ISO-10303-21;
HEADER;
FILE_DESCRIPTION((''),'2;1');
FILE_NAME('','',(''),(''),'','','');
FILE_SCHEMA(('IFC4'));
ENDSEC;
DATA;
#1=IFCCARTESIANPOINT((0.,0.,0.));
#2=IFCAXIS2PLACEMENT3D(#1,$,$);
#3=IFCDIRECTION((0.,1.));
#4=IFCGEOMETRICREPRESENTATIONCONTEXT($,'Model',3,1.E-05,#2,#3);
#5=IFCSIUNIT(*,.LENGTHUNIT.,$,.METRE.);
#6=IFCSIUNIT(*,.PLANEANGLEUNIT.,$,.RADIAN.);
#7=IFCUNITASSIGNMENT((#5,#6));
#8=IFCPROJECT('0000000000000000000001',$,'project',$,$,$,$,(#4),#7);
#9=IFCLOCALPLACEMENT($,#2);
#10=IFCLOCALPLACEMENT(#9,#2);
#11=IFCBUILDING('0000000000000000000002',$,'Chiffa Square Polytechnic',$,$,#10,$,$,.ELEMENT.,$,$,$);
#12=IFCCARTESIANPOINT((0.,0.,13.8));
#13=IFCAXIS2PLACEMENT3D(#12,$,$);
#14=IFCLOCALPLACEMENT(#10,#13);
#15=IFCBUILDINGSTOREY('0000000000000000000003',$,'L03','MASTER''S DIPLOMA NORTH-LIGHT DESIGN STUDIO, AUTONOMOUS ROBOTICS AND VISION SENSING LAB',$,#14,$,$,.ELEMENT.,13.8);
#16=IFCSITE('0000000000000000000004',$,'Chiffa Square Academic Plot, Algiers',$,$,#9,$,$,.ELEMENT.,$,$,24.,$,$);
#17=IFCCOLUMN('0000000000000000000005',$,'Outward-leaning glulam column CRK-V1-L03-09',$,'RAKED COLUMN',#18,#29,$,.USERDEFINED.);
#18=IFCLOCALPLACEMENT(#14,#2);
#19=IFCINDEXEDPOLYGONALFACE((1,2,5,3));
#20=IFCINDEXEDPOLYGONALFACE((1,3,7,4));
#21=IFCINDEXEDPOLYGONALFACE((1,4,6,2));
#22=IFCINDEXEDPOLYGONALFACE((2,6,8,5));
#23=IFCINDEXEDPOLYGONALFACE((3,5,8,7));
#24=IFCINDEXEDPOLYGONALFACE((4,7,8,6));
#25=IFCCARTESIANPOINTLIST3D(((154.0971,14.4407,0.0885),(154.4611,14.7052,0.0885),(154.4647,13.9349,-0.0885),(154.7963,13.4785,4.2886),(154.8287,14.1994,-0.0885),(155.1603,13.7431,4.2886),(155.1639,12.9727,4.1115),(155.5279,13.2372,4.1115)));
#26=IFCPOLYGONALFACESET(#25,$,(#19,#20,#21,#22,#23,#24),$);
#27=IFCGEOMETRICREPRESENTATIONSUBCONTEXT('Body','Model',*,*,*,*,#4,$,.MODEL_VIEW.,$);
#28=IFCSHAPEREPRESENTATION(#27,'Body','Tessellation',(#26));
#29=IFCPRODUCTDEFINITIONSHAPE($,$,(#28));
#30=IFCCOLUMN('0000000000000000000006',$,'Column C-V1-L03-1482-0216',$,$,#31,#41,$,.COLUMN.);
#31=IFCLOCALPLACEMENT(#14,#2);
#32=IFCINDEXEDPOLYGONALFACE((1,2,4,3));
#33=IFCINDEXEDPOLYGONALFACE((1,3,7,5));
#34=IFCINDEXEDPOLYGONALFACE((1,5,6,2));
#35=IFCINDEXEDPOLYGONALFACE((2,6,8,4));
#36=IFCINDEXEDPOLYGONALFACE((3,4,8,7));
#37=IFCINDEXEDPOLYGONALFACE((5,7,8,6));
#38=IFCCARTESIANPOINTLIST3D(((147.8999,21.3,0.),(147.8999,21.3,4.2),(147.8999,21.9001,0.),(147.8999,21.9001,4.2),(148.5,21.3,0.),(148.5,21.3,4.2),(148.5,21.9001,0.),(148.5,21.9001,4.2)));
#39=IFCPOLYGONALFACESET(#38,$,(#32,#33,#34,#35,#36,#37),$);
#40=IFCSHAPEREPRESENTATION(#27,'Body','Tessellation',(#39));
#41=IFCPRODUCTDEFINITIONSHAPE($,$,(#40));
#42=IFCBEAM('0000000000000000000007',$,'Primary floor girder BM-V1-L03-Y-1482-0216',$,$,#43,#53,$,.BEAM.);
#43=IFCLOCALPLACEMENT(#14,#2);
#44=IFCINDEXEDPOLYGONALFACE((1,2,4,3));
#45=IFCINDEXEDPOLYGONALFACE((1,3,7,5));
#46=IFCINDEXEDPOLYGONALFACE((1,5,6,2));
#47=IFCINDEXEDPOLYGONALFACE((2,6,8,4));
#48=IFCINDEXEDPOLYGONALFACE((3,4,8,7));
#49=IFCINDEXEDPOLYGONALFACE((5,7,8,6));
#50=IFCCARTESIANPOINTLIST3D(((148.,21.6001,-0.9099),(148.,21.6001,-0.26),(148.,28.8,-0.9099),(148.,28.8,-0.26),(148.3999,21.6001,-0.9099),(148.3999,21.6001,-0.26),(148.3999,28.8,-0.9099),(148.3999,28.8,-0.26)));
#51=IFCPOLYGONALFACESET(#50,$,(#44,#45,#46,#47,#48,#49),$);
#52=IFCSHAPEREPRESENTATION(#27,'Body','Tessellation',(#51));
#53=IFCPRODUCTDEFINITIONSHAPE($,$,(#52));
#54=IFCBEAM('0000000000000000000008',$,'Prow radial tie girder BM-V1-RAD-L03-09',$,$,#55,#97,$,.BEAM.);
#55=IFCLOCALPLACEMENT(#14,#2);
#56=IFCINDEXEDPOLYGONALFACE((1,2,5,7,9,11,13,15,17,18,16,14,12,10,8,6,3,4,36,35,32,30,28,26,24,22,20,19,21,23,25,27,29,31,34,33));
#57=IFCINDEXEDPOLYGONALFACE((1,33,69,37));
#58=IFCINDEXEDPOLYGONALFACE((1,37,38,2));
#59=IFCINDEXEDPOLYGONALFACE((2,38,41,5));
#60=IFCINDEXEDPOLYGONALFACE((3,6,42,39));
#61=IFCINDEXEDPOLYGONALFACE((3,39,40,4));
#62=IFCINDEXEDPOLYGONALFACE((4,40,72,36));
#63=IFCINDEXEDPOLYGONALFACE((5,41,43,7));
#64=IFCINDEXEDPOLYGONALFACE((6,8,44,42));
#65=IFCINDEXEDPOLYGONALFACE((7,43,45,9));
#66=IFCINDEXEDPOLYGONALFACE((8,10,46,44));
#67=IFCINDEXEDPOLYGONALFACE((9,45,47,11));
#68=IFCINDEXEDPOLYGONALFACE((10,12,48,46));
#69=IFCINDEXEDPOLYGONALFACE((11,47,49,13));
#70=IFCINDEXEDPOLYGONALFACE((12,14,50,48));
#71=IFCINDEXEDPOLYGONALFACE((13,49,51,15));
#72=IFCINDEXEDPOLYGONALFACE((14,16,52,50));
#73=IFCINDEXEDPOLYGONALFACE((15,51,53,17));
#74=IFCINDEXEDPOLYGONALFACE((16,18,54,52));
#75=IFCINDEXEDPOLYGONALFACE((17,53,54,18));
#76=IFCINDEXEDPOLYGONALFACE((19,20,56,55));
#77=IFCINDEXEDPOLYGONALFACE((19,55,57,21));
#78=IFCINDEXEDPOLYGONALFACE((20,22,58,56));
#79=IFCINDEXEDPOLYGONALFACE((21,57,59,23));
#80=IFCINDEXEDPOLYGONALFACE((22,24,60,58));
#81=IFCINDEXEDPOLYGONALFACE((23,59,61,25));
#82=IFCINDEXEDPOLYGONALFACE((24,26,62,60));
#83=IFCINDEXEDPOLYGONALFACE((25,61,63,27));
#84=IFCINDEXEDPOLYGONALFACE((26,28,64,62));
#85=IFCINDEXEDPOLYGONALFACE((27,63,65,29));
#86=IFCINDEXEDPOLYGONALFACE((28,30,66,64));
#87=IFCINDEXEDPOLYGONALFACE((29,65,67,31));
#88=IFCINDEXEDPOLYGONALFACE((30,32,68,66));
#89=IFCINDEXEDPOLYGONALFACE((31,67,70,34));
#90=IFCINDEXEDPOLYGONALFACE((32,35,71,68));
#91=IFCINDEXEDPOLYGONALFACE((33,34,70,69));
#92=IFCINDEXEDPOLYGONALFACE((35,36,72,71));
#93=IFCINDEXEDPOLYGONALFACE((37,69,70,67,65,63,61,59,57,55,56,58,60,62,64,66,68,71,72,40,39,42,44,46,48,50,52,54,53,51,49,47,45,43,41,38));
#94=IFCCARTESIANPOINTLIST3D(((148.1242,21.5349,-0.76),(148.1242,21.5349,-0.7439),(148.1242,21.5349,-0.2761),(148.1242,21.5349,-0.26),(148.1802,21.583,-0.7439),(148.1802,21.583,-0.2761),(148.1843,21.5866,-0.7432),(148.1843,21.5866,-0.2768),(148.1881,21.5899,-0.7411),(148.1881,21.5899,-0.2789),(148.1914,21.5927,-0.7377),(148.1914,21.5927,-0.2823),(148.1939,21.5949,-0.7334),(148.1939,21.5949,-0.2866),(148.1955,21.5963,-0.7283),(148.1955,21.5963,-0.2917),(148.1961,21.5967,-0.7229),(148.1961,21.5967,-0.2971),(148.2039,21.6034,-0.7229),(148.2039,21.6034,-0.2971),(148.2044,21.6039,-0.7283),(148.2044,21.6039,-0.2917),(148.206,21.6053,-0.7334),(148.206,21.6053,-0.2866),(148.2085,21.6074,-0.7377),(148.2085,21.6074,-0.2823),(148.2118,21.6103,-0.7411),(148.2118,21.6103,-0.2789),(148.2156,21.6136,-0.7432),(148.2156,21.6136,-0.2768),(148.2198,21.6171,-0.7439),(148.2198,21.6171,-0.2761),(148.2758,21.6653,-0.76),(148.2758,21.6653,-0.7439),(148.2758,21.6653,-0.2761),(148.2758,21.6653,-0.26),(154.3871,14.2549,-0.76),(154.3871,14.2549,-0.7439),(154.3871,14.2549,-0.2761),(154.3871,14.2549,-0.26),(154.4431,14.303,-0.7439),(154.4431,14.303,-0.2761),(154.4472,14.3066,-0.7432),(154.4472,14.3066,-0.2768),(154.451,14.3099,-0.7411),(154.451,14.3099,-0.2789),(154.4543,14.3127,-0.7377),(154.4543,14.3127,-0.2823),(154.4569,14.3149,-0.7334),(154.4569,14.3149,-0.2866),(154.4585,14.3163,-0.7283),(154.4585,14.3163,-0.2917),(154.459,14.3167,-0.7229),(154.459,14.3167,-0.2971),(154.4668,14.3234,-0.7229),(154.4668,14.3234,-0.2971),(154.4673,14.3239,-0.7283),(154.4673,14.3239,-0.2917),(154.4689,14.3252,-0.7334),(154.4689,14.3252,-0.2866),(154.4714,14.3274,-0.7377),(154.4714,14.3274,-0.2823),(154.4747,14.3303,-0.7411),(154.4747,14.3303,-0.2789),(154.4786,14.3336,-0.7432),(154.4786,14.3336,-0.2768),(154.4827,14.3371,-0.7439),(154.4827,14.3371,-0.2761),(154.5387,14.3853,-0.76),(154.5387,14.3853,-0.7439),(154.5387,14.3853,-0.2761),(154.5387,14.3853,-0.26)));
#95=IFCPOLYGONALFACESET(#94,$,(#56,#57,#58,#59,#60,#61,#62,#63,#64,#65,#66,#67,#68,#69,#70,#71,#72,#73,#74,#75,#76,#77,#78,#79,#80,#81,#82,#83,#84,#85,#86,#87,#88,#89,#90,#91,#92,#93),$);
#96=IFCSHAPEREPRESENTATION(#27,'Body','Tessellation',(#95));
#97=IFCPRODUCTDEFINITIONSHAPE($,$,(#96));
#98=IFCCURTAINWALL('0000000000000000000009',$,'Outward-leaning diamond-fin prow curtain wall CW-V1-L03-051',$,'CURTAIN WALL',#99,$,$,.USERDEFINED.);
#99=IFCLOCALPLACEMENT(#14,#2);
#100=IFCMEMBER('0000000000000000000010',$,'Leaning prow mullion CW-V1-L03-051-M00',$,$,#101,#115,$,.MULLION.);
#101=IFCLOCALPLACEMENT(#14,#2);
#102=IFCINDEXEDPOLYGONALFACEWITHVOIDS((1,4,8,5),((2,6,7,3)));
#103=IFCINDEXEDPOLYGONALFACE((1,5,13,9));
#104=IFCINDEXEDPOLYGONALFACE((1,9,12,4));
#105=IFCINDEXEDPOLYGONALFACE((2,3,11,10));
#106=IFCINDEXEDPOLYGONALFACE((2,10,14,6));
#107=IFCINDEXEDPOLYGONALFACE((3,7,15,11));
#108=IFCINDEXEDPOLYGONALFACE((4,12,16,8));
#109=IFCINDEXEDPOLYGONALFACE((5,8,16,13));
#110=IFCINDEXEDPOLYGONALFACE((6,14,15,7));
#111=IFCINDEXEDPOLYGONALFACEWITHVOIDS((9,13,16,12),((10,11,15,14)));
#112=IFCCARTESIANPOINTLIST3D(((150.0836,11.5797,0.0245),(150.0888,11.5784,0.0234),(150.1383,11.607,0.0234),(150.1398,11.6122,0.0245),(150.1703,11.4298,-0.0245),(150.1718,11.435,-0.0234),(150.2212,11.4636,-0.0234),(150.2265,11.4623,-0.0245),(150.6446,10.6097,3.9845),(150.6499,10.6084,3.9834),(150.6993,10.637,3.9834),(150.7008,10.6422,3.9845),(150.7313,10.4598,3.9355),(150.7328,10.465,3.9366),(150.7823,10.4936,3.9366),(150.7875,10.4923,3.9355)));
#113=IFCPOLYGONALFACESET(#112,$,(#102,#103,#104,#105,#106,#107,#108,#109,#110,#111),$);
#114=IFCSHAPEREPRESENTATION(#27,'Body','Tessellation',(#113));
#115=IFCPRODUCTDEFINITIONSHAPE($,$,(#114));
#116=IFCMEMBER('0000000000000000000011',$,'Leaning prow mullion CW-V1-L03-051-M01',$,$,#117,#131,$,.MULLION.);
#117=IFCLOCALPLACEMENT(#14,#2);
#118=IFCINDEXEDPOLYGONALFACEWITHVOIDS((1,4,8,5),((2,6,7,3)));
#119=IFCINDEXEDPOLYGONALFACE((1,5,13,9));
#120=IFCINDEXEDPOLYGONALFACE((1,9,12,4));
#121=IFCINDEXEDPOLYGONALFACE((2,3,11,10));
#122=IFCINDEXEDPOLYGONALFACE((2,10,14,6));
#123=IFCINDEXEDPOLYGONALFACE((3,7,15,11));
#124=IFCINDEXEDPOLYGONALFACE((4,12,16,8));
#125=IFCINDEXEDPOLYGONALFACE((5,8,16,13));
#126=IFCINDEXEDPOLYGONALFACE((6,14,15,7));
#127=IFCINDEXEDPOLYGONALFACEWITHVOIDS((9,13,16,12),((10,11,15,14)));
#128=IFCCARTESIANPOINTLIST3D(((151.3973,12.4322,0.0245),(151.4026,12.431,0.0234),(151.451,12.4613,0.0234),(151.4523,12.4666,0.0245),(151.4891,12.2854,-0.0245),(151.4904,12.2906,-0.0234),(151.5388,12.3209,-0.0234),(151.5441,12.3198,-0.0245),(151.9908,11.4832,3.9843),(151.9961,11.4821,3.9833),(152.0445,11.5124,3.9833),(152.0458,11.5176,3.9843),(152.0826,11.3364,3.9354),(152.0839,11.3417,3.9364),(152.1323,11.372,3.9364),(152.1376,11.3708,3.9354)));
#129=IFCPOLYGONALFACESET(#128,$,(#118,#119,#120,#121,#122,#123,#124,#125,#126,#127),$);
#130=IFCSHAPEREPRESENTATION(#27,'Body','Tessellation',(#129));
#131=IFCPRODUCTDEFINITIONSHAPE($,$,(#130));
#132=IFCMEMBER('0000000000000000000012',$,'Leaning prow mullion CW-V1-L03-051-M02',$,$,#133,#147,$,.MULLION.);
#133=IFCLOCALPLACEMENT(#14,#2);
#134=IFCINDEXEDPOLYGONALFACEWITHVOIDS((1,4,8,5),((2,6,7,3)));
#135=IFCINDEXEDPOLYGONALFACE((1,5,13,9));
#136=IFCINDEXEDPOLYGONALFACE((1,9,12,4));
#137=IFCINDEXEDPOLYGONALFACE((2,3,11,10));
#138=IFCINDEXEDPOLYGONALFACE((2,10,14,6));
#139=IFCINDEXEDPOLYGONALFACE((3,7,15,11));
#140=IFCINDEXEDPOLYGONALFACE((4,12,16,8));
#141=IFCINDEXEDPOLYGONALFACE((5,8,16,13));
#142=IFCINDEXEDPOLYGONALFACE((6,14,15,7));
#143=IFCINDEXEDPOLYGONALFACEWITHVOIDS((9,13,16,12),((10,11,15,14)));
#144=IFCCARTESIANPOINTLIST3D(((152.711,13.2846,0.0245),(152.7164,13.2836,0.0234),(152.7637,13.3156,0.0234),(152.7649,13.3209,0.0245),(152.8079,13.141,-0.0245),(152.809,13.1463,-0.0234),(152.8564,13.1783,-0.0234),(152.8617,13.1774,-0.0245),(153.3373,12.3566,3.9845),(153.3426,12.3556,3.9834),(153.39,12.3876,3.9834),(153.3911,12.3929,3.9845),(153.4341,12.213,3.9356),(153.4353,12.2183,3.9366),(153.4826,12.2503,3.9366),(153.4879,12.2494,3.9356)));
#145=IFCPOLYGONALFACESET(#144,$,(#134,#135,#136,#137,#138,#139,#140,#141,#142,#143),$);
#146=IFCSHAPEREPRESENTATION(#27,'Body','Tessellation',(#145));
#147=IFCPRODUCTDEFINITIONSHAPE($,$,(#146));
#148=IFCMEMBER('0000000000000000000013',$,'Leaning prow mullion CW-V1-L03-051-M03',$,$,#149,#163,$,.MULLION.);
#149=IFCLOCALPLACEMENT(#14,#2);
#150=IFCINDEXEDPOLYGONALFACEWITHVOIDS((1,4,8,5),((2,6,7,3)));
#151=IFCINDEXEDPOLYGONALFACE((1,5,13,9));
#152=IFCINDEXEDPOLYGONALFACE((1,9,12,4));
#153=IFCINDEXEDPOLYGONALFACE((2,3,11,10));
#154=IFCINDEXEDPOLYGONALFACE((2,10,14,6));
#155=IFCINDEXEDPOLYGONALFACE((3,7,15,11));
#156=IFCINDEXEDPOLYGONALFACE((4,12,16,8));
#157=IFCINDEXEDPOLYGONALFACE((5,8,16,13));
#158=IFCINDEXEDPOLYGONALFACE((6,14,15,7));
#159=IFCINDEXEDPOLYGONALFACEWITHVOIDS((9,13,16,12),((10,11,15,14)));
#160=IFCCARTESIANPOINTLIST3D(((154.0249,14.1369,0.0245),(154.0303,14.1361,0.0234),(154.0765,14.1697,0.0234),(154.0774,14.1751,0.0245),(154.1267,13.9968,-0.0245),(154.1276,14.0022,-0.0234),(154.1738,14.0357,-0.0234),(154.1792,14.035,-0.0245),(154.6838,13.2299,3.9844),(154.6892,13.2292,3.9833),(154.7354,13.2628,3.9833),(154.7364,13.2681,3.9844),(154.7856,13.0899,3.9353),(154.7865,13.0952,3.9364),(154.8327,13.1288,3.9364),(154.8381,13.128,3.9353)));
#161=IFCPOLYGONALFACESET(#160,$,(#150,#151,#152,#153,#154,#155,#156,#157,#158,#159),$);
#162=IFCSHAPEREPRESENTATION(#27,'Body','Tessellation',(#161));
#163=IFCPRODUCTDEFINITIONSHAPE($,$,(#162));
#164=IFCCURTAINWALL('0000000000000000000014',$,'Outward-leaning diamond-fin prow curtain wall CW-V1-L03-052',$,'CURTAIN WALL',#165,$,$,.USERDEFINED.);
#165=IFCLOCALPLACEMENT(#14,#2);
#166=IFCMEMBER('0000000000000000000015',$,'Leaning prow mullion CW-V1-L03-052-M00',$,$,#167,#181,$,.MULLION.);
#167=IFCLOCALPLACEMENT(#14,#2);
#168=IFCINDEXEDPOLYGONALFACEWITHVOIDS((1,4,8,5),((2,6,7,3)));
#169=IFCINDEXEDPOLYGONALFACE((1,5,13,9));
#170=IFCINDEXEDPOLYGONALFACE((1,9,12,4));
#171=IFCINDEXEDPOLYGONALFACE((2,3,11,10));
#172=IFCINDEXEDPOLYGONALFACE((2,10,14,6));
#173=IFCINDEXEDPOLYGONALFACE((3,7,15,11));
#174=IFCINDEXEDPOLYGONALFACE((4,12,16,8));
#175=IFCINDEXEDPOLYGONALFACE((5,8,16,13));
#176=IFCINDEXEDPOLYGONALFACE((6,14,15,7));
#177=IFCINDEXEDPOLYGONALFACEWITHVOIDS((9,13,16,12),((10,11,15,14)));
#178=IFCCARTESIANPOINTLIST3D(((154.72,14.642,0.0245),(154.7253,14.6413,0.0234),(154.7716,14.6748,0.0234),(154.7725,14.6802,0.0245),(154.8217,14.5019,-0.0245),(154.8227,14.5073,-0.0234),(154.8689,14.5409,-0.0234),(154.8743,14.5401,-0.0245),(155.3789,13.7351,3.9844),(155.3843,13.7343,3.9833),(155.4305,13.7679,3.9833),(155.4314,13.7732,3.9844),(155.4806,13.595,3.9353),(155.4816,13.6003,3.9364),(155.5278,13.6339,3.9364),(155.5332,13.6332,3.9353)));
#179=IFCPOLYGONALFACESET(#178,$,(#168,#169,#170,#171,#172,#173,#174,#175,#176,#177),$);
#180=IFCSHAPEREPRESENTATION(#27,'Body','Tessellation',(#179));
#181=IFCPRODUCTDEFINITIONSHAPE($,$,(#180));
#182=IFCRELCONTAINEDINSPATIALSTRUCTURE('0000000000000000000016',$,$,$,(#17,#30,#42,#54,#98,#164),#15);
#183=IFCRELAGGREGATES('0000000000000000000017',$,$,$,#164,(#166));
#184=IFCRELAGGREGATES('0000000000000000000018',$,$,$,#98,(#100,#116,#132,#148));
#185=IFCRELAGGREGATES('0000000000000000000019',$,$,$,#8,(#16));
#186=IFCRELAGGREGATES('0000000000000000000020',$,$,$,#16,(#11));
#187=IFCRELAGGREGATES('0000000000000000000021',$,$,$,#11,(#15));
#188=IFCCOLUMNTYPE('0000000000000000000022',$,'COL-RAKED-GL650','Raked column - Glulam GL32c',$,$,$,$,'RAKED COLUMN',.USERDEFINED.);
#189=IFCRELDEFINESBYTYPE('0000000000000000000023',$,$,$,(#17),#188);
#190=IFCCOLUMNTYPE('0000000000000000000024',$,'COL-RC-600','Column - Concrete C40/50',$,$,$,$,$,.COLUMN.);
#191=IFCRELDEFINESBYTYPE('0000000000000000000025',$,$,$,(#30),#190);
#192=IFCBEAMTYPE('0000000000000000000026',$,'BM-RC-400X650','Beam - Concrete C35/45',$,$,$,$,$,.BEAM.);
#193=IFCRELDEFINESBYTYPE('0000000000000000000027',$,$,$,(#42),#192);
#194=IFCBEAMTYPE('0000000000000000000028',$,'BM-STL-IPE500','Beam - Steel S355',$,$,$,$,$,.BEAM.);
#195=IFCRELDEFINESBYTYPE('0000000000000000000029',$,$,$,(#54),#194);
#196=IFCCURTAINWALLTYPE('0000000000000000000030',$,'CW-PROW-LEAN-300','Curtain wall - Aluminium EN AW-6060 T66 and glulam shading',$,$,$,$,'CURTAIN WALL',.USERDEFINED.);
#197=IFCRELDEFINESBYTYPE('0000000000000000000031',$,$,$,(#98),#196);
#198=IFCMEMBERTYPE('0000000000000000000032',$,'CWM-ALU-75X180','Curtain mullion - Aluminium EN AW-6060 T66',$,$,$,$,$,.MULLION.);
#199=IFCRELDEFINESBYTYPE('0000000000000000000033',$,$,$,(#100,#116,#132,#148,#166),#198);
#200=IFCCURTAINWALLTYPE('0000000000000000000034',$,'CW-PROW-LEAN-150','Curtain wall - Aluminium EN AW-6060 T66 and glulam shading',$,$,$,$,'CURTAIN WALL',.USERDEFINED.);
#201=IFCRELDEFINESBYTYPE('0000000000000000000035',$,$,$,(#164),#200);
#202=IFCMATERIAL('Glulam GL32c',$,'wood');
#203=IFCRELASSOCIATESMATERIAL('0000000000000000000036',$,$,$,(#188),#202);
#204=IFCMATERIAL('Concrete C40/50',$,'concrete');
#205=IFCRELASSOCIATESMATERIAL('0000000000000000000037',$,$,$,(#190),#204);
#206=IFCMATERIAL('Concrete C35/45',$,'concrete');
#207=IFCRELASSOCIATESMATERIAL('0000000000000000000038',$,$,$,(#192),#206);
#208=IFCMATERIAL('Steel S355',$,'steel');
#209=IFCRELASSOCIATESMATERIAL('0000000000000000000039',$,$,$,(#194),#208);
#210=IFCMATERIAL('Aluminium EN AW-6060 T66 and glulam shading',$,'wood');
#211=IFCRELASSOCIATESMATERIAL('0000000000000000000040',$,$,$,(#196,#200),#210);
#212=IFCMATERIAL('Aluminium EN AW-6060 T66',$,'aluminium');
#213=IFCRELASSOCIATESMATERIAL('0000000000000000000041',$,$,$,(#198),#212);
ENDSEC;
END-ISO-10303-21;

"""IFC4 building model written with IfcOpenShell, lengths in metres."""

from ifc_helpers import new_model, si_unit, direction, frame, origin, origin_2d, place, context, subcontext, project, spatial, rectangle, hollow_rectangle, i_section, extrude, material, material_profile, profile_set, type_object, element, aggregate, save


model = new_model("IFC4")

# Units and contexts
model_context = context("Model", 3, precision=1e-05, world=origin(), true_north=direction((0.0, 1.0)))
body_context = subcontext(model_context, "Body", "Model", "MODEL_VIEW")
ifc_project = project(units=[si_unit("LENGTHUNIT", "METRE"), si_unit("PLANEANGLEUNIT", "RADIAN")], contexts=[model_context])

# Site, building, storey
site_placement = place(None, origin())
site = spatial("IfcSite", under=ifc_project, at=site_placement, Name="Chiffa Square Academic Plot, Algiers", CompositionType="ELEMENT", RefElevation=24.0)
building_placement = place(site_placement, origin())
building = spatial("IfcBuilding", under=site, at=building_placement, Name="Chiffa Square Polytechnic", CompositionType="ELEMENT")
storey_placement = place(building_placement, frame((0.0, 0.0, 13.8)))
storey = spatial("IfcBuildingStorey", under=building, at=storey_placement, Name="L03", Description="MASTER'S DIPLOMA NORTH-LIGHT DESIGN STUDIO, AUTONOMOUS ROBOTICS AND VISION SENSING LAB", CompositionType="ELEMENT", Elevation=13.8)

# Columns
ifc_material_1 = material(Name="Glulam GL32c", Category="wood")
ifc_material_profile_1 = material_profile(ifc_material_1, rectangle(XDim=0.45, YDim=0.6499, at=origin_2d()), Name="GL32c 450x650")
ifc_profile_set_1 = profile_set([ifc_material_profile_1], Name="Glulam GL32c")
column_type_1 = type_object("IfcColumnType", Name="COL-RAKED-GL650", Description="Raked column - Glulam GL32c", ElementType="RAKED COLUMN", PredefinedType="USERDEFINED", material=ifc_profile_set_1)
column_1_placement = place(storey_placement, frame((154.4629, 14.3201, 0.0), z_axis=(0.160183, -0.22042, 0.962162), x_axis=(0.808949, 0.587879, 0.0)))
element("IfcColumn", 1, at=column_1_placement, inside=storey, type_object=column_type_1, Name="Outward-leaning glulam column CRK-V1-L03-09", ObjectType="RAKED COLUMN", PredefinedType="USERDEFINED", context=body_context, shape_type="SweptSolid", body=[
    extrude(rectangle(XDim=0.45, YDim=0.6499, at=origin_2d()), origin(), (0.0, 0.0, 1.0), 4.3652),
])
ifc_material_2 = material(Name="Concrete C40/50", Category="concrete")
ifc_material_profile_2 = material_profile(ifc_material_2, rectangle(XDim=0.6001, YDim=0.6001, at=origin_2d()), Name="RC 600x600")
ifc_profile_set_2 = profile_set([ifc_material_profile_2], Name="Concrete C40/50")
column_type_2 = type_object("IfcColumnType", Name="COL-RC-600", Description="Column - Concrete C40/50", PredefinedType="COLUMN", material=ifc_profile_set_2)
column_2_placement = place(storey_placement, frame((148.2, 21.6001, 0.0), z_axis=(0.0, 0.0, 1.0), x_axis=(1.0, 0.0, 0.0)))
element("IfcColumn", 2, at=column_2_placement, inside=storey, type_object=column_type_2, Name="Column C-V1-L03-1482-0216", PredefinedType="COLUMN", context=body_context, shape_type="SweptSolid", body=[
    extrude(rectangle(XDim=0.6001, YDim=0.6001, at=origin_2d()), origin(), (0.0, 0.0, 1.0), 4.2),
])

# Beams
ifc_material_3 = material(Name="Concrete C35/45", Category="concrete")
ifc_material_profile_3 = material_profile(ifc_material_3, rectangle(XDim=0.3999, YDim=0.6499, at=origin_2d()), Name="RC 400x650")
ifc_profile_set_3 = profile_set([ifc_material_profile_3], Name="Concrete C35/45")
beam_type_1 = type_object("IfcBeamType", Name="BM-RC-400X650", Description="Beam - Concrete C35/45", PredefinedType="BEAM", material=ifc_profile_set_3)
beam_1_placement = place(storey_placement, frame((148.2, 21.6001, -0.585), z_axis=(0.0, 1.0, 0.0), x_axis=(-1.0, 0.0, 0.0)))
element("IfcBeam", 3, at=beam_1_placement, inside=storey, type_object=beam_type_1, Name="Primary floor girder BM-V1-L03-Y-1482-0216", PredefinedType="BEAM", context=body_context, shape_type="SweptSolid", body=[
    extrude(rectangle(XDim=0.3999, YDim=0.6499, at=origin_2d()), origin(), (0.0, 0.0, 1.0), 7.2),
])
ifc_material_4 = material(Name="Steel S355", Category="steel")
ifc_material_profile_4 = material_profile(ifc_material_4, i_section(OverallWidth=0.2, OverallDepth=0.5, WebThickness=0.0103, FlangeThickness=0.0161, FilletRadius=0.021, at=origin_2d()), Name="IPE 500")
ifc_profile_set_4 = profile_set([ifc_material_profile_4], Name="Steel S355")
beam_type_2 = type_object("IfcBeamType", Name="BM-STL-IPE500", Description="Beam - Steel S355", PredefinedType="BEAM", material=ifc_profile_set_4)
beam_2_placement = place(storey_placement, frame((154.4629, 14.3201, -0.51), z_axis=(-0.652166, 0.758076, 0.0), x_axis=(-0.758076, -0.652166, 0.0)))
element("IfcBeam", 4, at=beam_2_placement, inside=storey, type_object=beam_type_2, Name="Prow radial tie girder BM-V1-RAD-L03-09", PredefinedType="BEAM", context=body_context, shape_type="SweptSolid", body=[
    extrude(i_section(OverallWidth=0.2, OverallDepth=0.5, WebThickness=0.0103, FlangeThickness=0.0161, FilletRadius=0.021, at=origin_2d()), origin(), (0.0, 0.0, 1.0), 9.6033),
])

# Curtain wall, members
ifc_material_5 = material(Name="Aluminium EN AW-6060 T66 and glulam shading", Category="wood")
curtain_wall_type_1 = type_object("IfcCurtainWallType", Name="CW-PROW-LEAN-300", Description="Curtain wall - Aluminium EN AW-6060 T66 and glulam shading", ElementType="CURTAIN WALL", PredefinedType="USERDEFINED", material=ifc_material_5)
curtain_wall_1_placement = place(storey_placement, origin())
curtain_wall_1 = element("IfcCurtainWall", 5, at=curtain_wall_1_placement, inside=storey, type_object=curtain_wall_type_1, Name="Outward-leaning diamond-fin prow curtain wall CW-V1-L03-051", ObjectType="CURTAIN WALL", PredefinedType="USERDEFINED")
ifc_material_6 = material(Name="Aluminium EN AW-6060 T66", Category="aluminium")
ifc_material_profile_5 = material_profile(ifc_material_6, hollow_rectangle(XDim=0.0649, YDim=0.1799, WallThickness=0.0039, at=origin_2d()), Name="ALU 65x180x4")
ifc_profile_set_5 = profile_set([ifc_material_profile_5], Name="Aluminium EN AW-6060 T66")
member_type_1 = type_object("IfcMemberType", Name="CWM-ALU-75X180", Description="Curtain mullion - Aluminium EN AW-6060 T66", PredefinedType="MULLION", material=ifc_profile_set_5)
member_1_placement = place(storey_placement, frame((150.155, 11.521, 0.0), z_axis=(0.136324, -0.23569, 0.962219), x_axis=(0.86563, 0.500684, 0.0)))
member_1 = element("IfcMember", 6, at=member_1_placement, type_object=member_type_1, Name="Leaning prow mullion CW-V1-L03-051-M00", PredefinedType="MULLION", context=body_context, shape_type="SweptSolid", body=[
    extrude(hollow_rectangle(XDim=0.0649, YDim=0.1799, WallThickness=0.0039, at=origin_2d()), origin(), (0.0, 0.0, 1.0), 4.1155),
])
member_2_placement = place(storey_placement, frame((151.4707, 12.376, 0.0), z_axis=(0.144226, -0.230608, 0.962299), x_axis=(0.847839, 0.530254, 0.0)))
member_2 = element("IfcMember", 7, at=member_2_placement, type_object=member_type_1, Name="Leaning prow mullion CW-V1-L03-051-M01", PredefinedType="MULLION", context=body_context, shape_type="SweptSolid", body=[
    extrude(hollow_rectangle(XDim=0.0649, YDim=0.1799, WallThickness=0.0039, at=origin_2d()), origin(), (0.0, 0.0, 1.0), 4.115),
])
member_3_placement = place(storey_placement, frame((152.7864, 13.231, 0.0), z_axis=(0.152174, -0.225502, 0.962285), x_axis=(0.828917, 0.559372, 0.0)))
member_3 = element("IfcMember", 8, at=member_3_placement, type_object=member_type_1, Name="Leaning prow mullion CW-V1-L03-051-M02", PredefinedType="MULLION", context=body_context, shape_type="SweptSolid", body=[
    extrude(hollow_rectangle(XDim=0.0649, YDim=0.1799, WallThickness=0.0039, at=origin_2d()), origin(), (0.0, 0.0, 1.0), 4.1152),
])
member_4_placement = place(storey_placement, frame((154.1021, 14.0859, 0.0), z_axis=(0.160107, -0.220377, 0.962185), x_axis=(0.809028, 0.58777, 0.0)))
member_4 = element("IfcMember", 9, at=member_4_placement, type_object=member_type_1, Name="Leaning prow mullion CW-V1-L03-051-M03", PredefinedType="MULLION", context=body_context, shape_type="SweptSolid", body=[
    extrude(hollow_rectangle(XDim=0.0649, YDim=0.1799, WallThickness=0.0039, at=origin_2d()), origin(), (0.0, 0.0, 1.0), 4.1155),
])

# Curtain wall, member
curtain_wall_type_2 = type_object("IfcCurtainWallType", Name="CW-PROW-LEAN-150", Description="Curtain wall - Aluminium EN AW-6060 T66 and glulam shading", ElementType="CURTAIN WALL", PredefinedType="USERDEFINED", material=ifc_material_5)
curtain_wall_2_placement = place(storey_placement, origin())
curtain_wall_2 = element("IfcCurtainWall", 10, at=curtain_wall_2_placement, inside=storey, type_object=curtain_wall_type_2, Name="Outward-leaning diamond-fin prow curtain wall CW-V1-L03-052", ObjectType="CURTAIN WALL", PredefinedType="USERDEFINED")
member_5_placement = place(storey_placement, frame((154.7971, 14.5911, 0.0), z_axis=(0.160107, -0.220377, 0.962185), x_axis=(0.809028, 0.58777, 0.0)))
member_5 = element("IfcMember", 11, at=member_5_placement, type_object=member_type_1, Name="Leaning prow mullion CW-V1-L03-052-M00", PredefinedType="MULLION", context=body_context, shape_type="SweptSolid", body=[
    extrude(hollow_rectangle(XDim=0.0649, YDim=0.1799, WallThickness=0.0039, at=origin_2d()), origin(), (0.0, 0.0, 1.0), 4.1155),
])

aggregate(curtain_wall_2, [member_5])
aggregate(curtain_wall_1, [member_1, member_2, member_3, member_4])

save(model, "model.ifc")
